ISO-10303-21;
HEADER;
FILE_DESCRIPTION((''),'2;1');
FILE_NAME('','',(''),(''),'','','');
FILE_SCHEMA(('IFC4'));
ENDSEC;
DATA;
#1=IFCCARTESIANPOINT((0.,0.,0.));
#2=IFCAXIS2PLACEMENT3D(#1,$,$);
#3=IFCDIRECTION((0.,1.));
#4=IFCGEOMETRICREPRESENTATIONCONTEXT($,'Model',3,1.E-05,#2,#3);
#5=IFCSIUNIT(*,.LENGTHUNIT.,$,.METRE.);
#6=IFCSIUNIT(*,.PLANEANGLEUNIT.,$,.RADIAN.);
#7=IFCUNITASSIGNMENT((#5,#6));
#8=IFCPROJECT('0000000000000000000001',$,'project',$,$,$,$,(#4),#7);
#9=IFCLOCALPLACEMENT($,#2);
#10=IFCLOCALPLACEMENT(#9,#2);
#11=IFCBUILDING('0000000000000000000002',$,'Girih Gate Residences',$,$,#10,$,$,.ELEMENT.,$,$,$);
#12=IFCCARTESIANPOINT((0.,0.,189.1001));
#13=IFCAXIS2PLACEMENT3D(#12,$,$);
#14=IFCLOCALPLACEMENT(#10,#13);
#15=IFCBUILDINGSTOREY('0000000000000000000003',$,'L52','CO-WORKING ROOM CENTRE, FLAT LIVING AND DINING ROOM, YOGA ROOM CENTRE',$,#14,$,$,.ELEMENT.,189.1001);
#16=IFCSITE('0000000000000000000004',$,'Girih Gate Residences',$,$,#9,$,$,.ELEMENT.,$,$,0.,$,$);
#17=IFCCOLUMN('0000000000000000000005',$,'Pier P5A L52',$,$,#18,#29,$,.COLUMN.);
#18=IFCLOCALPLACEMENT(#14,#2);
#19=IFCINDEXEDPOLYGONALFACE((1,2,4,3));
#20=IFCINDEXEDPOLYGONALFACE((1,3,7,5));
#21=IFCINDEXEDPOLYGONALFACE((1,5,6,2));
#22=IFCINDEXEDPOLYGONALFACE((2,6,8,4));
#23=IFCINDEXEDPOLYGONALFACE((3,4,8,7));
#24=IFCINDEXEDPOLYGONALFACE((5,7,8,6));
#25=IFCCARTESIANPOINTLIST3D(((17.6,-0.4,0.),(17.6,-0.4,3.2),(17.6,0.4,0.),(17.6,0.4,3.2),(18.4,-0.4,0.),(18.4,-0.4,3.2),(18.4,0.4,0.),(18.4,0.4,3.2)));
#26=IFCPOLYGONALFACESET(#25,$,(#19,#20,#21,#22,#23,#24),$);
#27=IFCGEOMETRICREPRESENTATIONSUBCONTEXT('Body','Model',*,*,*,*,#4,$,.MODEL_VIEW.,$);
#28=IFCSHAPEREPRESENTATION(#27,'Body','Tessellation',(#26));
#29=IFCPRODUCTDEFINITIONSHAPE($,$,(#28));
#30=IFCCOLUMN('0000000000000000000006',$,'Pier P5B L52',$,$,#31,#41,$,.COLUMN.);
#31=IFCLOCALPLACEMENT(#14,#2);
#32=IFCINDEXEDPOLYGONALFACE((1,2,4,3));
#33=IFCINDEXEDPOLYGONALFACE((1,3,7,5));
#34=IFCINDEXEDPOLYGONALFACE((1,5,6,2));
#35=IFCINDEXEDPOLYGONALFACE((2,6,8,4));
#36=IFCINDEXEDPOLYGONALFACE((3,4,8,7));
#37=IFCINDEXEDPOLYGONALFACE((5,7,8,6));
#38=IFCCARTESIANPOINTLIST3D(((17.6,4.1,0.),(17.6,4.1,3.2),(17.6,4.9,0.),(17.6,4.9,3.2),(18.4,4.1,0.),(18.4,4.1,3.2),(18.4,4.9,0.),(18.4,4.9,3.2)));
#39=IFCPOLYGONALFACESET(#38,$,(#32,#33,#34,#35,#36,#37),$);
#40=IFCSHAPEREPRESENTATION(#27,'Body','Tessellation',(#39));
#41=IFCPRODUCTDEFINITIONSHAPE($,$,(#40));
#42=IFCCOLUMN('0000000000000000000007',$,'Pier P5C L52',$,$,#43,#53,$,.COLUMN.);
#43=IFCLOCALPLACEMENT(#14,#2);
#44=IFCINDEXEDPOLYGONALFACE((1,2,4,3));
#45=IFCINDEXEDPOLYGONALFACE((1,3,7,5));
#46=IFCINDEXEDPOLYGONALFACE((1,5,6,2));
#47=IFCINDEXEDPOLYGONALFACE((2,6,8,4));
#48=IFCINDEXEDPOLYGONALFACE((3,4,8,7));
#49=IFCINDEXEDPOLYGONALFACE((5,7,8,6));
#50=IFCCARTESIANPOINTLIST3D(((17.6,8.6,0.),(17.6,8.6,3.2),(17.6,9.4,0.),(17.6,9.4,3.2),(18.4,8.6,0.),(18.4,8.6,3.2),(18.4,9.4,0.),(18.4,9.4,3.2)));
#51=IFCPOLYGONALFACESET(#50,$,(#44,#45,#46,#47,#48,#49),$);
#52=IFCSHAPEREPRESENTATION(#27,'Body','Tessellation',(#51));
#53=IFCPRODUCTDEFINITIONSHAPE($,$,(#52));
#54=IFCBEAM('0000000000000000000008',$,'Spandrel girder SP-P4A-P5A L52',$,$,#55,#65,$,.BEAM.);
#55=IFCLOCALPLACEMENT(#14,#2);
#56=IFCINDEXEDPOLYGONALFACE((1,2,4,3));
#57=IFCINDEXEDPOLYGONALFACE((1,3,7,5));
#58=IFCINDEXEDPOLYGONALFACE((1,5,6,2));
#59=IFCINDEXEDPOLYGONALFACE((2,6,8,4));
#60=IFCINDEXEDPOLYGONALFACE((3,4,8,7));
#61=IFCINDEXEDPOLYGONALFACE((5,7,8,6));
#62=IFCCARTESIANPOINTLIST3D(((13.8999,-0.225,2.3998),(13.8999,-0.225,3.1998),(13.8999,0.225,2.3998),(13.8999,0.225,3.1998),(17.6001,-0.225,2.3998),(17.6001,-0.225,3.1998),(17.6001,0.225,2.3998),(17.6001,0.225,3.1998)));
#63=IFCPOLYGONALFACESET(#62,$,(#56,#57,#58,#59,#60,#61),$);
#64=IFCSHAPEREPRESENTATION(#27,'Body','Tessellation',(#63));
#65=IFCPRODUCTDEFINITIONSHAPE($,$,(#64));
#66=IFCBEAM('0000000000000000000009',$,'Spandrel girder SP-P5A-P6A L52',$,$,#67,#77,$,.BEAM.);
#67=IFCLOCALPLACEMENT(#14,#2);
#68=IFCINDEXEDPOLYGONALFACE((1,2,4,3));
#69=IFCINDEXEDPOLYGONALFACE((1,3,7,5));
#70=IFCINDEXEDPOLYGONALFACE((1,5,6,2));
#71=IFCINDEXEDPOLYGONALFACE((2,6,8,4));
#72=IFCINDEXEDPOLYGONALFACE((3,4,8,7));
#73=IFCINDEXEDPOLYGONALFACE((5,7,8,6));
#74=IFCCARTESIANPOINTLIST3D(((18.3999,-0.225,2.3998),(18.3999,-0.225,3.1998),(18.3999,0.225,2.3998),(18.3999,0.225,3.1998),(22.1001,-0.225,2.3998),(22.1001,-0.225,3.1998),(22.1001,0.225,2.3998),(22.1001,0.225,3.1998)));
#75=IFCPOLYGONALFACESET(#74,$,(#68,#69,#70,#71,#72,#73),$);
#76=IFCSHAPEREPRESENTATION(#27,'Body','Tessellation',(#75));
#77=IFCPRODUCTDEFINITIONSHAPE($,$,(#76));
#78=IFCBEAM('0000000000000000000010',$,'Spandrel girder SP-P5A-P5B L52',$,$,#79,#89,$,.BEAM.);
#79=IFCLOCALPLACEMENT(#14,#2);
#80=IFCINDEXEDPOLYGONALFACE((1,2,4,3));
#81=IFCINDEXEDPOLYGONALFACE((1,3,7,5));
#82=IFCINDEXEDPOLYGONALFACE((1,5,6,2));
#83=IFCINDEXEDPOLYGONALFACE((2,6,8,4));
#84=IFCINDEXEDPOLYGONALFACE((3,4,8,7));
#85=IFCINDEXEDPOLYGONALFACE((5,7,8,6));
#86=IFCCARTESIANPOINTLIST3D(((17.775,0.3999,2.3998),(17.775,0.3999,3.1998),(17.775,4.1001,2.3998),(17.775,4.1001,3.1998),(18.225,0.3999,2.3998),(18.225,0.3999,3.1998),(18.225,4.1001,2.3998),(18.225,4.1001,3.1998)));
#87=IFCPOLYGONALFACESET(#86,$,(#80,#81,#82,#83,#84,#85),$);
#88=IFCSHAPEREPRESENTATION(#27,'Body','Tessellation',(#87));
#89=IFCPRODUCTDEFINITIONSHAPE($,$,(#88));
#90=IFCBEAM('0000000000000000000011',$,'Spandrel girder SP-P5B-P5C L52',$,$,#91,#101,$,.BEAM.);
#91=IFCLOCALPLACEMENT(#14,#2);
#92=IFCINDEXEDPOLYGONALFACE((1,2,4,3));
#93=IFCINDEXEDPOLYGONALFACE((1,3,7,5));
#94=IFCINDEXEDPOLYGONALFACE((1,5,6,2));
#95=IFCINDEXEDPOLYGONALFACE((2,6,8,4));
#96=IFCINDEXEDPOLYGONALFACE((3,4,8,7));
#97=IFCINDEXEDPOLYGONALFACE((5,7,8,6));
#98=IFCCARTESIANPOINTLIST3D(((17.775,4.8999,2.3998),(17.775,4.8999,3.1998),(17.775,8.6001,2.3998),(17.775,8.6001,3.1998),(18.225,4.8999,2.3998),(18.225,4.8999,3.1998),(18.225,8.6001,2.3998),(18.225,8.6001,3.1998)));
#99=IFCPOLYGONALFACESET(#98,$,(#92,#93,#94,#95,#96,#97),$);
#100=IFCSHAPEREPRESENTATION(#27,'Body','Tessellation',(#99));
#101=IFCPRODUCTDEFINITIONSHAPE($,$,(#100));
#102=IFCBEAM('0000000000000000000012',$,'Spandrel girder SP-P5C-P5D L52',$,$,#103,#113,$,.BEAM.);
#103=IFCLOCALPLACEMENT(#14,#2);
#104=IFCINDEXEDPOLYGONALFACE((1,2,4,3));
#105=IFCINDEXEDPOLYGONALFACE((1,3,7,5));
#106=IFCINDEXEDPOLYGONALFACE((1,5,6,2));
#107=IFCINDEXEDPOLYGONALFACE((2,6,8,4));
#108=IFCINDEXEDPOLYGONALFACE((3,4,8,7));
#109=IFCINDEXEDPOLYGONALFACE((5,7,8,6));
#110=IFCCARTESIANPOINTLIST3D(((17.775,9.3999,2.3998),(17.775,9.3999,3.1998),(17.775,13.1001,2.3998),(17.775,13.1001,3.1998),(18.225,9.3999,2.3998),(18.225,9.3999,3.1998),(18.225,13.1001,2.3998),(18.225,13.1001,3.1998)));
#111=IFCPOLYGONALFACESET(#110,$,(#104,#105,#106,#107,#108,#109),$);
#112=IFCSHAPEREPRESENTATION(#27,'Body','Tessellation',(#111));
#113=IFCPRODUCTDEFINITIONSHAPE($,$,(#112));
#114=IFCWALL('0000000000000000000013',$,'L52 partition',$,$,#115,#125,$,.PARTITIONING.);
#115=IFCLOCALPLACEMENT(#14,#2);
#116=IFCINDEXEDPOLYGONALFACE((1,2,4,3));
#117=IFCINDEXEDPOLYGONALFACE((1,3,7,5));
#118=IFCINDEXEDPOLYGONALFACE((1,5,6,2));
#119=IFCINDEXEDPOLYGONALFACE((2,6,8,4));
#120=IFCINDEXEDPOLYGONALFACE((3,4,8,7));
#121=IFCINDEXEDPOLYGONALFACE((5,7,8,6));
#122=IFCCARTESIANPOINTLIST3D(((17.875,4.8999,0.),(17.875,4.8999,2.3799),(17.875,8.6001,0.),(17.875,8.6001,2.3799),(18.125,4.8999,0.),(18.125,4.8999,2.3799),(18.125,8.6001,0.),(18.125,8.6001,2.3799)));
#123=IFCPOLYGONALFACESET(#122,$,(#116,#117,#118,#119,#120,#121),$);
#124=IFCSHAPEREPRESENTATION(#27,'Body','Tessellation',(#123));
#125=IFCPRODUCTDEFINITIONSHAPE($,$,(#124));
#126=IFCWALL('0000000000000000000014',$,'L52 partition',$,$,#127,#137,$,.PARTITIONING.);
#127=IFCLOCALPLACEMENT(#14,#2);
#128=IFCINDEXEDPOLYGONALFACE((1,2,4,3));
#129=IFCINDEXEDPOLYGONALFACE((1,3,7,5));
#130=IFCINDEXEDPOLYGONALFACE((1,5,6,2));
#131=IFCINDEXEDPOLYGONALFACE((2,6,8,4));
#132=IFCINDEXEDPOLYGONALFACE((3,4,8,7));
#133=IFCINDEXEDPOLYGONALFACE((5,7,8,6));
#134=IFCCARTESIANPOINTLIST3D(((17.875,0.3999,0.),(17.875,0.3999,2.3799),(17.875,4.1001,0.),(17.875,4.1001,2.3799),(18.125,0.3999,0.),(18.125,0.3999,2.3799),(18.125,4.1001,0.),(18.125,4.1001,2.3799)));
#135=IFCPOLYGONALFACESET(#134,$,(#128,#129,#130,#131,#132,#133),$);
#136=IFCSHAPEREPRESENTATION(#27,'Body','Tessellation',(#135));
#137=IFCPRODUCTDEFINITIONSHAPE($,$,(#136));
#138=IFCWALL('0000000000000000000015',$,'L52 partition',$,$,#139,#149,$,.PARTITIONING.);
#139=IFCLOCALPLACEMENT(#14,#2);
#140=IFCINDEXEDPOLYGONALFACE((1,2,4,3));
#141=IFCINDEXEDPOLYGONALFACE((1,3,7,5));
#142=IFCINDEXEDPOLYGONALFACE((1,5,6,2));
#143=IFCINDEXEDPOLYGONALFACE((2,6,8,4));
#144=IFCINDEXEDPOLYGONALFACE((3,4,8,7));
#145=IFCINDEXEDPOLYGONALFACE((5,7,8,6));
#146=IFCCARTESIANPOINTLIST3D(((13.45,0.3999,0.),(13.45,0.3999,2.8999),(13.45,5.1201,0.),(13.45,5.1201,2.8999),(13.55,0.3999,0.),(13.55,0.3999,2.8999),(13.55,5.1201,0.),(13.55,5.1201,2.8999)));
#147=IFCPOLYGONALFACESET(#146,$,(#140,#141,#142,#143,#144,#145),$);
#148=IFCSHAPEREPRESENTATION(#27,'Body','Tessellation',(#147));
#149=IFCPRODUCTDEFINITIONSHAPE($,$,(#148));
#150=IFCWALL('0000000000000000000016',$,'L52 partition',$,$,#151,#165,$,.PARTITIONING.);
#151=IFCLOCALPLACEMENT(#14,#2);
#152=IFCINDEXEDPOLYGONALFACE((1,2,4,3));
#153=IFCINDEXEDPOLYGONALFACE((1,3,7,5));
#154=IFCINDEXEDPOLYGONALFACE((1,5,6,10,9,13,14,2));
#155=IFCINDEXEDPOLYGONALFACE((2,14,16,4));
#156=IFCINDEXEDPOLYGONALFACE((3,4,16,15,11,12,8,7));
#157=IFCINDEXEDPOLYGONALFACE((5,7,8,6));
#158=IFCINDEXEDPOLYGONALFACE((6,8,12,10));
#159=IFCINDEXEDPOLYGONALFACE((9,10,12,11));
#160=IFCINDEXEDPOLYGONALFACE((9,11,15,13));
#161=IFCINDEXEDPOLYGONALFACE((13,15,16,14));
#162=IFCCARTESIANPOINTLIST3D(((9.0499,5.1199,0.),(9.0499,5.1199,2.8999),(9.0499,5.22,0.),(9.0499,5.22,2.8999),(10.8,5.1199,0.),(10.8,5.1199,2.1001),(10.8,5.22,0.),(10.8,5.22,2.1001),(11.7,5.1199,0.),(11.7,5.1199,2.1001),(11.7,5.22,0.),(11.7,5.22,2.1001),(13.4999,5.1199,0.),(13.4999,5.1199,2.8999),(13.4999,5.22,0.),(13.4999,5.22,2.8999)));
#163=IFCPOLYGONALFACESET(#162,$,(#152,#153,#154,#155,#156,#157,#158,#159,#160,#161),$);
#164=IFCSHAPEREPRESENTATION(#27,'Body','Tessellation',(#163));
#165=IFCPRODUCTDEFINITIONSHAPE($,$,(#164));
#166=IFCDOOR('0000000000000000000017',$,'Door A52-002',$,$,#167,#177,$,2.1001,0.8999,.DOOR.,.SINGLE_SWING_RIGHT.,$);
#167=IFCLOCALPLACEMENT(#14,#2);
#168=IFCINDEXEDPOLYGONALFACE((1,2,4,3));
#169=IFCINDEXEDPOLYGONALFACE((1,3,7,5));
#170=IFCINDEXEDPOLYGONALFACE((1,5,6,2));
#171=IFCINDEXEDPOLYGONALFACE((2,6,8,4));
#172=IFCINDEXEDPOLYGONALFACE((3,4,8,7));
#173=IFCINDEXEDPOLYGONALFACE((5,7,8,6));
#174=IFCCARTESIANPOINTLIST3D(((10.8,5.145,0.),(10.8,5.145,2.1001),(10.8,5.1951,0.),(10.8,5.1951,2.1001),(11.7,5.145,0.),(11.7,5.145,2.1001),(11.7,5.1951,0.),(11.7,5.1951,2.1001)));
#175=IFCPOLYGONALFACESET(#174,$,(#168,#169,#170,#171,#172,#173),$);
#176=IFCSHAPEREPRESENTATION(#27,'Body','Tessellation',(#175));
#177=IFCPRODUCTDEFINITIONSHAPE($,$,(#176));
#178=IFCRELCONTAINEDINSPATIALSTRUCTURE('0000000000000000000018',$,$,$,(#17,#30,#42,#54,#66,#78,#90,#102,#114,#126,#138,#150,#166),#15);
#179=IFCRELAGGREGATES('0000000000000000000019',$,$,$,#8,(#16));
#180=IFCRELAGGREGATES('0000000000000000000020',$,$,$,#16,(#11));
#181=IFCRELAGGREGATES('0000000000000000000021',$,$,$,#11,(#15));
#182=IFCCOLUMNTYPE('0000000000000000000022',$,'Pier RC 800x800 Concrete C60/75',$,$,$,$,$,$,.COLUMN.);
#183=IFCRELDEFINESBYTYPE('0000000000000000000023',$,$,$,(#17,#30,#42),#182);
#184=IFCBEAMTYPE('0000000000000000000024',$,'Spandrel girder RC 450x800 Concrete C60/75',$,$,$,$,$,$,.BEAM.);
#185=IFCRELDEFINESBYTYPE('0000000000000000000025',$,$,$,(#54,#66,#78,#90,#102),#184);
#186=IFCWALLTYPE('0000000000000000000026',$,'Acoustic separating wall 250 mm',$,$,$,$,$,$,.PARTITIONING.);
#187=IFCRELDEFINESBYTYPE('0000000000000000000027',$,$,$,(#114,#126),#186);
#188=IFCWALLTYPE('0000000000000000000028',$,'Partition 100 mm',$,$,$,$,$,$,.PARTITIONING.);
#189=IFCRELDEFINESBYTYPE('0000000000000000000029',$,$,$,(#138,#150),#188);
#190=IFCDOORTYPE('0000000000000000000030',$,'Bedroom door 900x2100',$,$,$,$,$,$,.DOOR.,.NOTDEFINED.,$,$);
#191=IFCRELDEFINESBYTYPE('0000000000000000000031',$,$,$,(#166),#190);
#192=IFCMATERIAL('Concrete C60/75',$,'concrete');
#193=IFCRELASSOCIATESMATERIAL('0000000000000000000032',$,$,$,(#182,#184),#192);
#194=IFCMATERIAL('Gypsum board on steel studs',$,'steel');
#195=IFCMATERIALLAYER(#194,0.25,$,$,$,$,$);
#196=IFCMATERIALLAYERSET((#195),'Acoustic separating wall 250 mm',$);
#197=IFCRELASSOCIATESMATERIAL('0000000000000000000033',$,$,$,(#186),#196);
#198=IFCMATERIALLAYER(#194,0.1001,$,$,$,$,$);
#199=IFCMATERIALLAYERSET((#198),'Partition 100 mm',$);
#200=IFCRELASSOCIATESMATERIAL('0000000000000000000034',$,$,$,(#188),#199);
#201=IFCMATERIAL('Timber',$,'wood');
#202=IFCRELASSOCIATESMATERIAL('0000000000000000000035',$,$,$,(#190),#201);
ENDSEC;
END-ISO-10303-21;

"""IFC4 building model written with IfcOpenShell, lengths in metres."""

from ifc_helpers import new_model, si_unit, direction, frame, frame_2d, origin, origin_2d, place, context, subcontext, project, spatial, rectangle, extrude, material, layer, layer_set, material_profile, profile_set, type_object, element, fill, save


model = new_model("IFC4")

# Units and contexts
model_context = context("Model", 3, precision=1e-05, world=origin(), true_north=direction((0.0, 1.0)))
body_context = subcontext(model_context, "Body", "Model", "MODEL_VIEW")
ifc_project = project(units=[si_unit("LENGTHUNIT", "METRE"), si_unit("PLANEANGLEUNIT", "RADIAN")], contexts=[model_context])

# Site, building, storey
site_placement = place(None, origin())
site = spatial("IfcSite", under=ifc_project, at=site_placement, Name="Girih Gate Residences", CompositionType="ELEMENT", RefElevation=0.0)
building_placement = place(site_placement, origin())
building = spatial("IfcBuilding", under=site, at=building_placement, Name="Girih Gate Residences", CompositionType="ELEMENT")
storey_placement = place(building_placement, frame((0.0, 0.0, 189.1001)))
storey = spatial("IfcBuildingStorey", under=building, at=storey_placement, Name="L52", Description="CO-WORKING ROOM CENTRE, FLAT LIVING AND DINING ROOM, YOGA ROOM CENTRE", CompositionType="ELEMENT", Elevation=189.1001)

# Columns
ifc_material_1 = material(Name="Concrete C60/75", Category="concrete")
ifc_material_profile_1 = material_profile(ifc_material_1, rectangle(XDim=0.8, YDim=0.8, at=origin_2d()))
ifc_profile_set_1 = profile_set([ifc_material_profile_1], Name="Concrete C60/75")
column_type = type_object("IfcColumnType", Name="Pier RC 800x800 Concrete C60/75", PredefinedType="COLUMN", material=ifc_profile_set_1)
for number, where, z_axis, x_axis, name in (
    (1, (18.0, 0.0, 0.0), (0.0, 0.0, 1.0), (1.0, 0.0, 0.0), "Pier P5A L52"),
    (2, (18.0, 4.5, 0.0), (0.0, 0.0, 1.0), (1.0, 0.0, 0.0), "Pier P5B L52"),
    (3, (18.0, 9.0, 0.0), (0.0, 0.0, 1.0), (1.0, 0.0, 0.0), "Pier P5C L52"),
):
    element("IfcColumn", number, at=place(storey_placement, frame(where, z_axis=z_axis, x_axis=x_axis)), inside=storey, type_object=column_type, Name=name, PredefinedType="COLUMN", context=body_context, shape_type="SweptSolid", body=[
        extrude(rectangle(XDim=0.8, YDim=0.8, at=origin_2d()), origin(), (0.0, 0.0, 1.0), 3.2),
    ])

# Beams
ifc_material_profile_2 = material_profile(ifc_material_1, rectangle(XDim=0.45, YDim=0.8, at=origin_2d()))
ifc_profile_set_2 = profile_set([ifc_material_profile_2], Name="Concrete C60/75")
beam_type = type_object("IfcBeamType", Name="Spandrel girder RC 450x800 Concrete C60/75", PredefinedType="BEAM", material=ifc_profile_set_2)
for number, where, z_axis, x_axis, name in (
    (4, (13.8999, 0.0, 2.7998), (1.0, 0.0, 0.0), (0.0, 1.0, 0.0), "Spandrel girder SP-P4A-P5A L52"),
    (5, (18.3999, 0.0, 2.7998), (1.0, 0.0, 0.0), (0.0, 1.0, 0.0), "Spandrel girder SP-P5A-P6A L52"),
    (6, (18.0, 0.3999, 2.7998), (0.0, 1.0, 0.0), (-1.0, 0.0, 0.0), "Spandrel girder SP-P5A-P5B L52"),
    (7, (18.0, 4.8999, 2.7998), (0.0, 1.0, 0.0), (-1.0, 0.0, 0.0), "Spandrel girder SP-P5B-P5C L52"),
    (8, (18.0, 9.3999, 2.7998), (0.0, 1.0, 0.0), (-1.0, 0.0, 0.0), "Spandrel girder SP-P5C-P5D L52"),
):
    element("IfcBeam", number, at=place(storey_placement, frame(where, z_axis=z_axis, x_axis=x_axis)), inside=storey, type_object=beam_type, Name=name, PredefinedType="BEAM", context=body_context, shape_type="SweptSolid", body=[
        extrude(rectangle(XDim=0.45, YDim=0.8, at=origin_2d()), origin(), (0.0, 0.0, 1.0), 3.7002),
    ])

# Walls
ifc_material_2 = material(Name="Gypsum board on steel studs", Category="steel")
ifc_layer_1 = layer(ifc_material_2, 0.25)
ifc_layer_set_1 = layer_set([ifc_layer_1], Name="Acoustic separating wall 250 mm")
wall_type_1 = type_object("IfcWallType", Name="Acoustic separating wall 250 mm", PredefinedType="PARTITIONING", material=ifc_layer_set_1)
for number, where, z_axis, x_axis, name in (
    (9, (18.0, 4.8999, 0.0), (0.0, 0.0, 1.0), (0.0, 1.0, 0.0), "L52 partition"),
    (10, (18.0, 0.3999, 0.0), (0.0, 0.0, 1.0), (0.0, 1.0, 0.0), "L52 partition"),
):
    element("IfcWall", number, at=place(storey_placement, frame(where, z_axis=z_axis, x_axis=x_axis)), inside=storey, type_object=wall_type_1, Name=name, PredefinedType="PARTITIONING", context=body_context, shape_type="SweptSolid", body=[
        extrude(rectangle(XDim=3.7002, YDim=0.25, at=frame_2d((1.8501, 0.0))), origin(), (0.0, 0.0, 1.0), 2.3799),
    ])
ifc_layer_2 = layer(ifc_material_2, 0.1001)
ifc_layer_set_2 = layer_set([ifc_layer_2], Name="Partition 100 mm")
wall_type_2 = type_object("IfcWallType", Name="Partition 100 mm", PredefinedType="PARTITIONING", material=ifc_layer_set_2)
wall_1_placement = place(storey_placement, frame((13.5, 0.3999, 0.0), z_axis=(0.0, 0.0, 1.0), x_axis=(0.0, 1.0, 0.0)))
element("IfcWall", 11, at=wall_1_placement, inside=storey, type_object=wall_type_2, Name="L52 partition", PredefinedType="PARTITIONING", context=body_context, shape_type="SweptSolid", body=[
    extrude(rectangle(XDim=4.7202, YDim=0.1001, at=frame_2d((2.3601, 0.0))), origin(), (0.0, 0.0, 1.0), 2.8999),
])

# Wall, opening, door
wall_2_placement = place(storey_placement, frame((13.5, 5.1699, 0.0), z_axis=(0.0, 0.0, 1.0), x_axis=(-1.0, 0.0, 0.0)))
wall_2 = element("IfcWall", 12, at=wall_2_placement, inside=storey, type_object=wall_type_2, Name="L52 partition", PredefinedType="PARTITIONING", context=body_context, shape_type="SweptSolid", body=[
    extrude(rectangle(XDim=4.45, YDim=0.1001, at=frame_2d((2.2251, 0.0))), origin(), (0.0, 0.0, 1.0), 2.8999),
])
opening_1_placement = place(wall_2_placement, frame((1.8, 0.0, 0.0)))
opening_1 = element("IfcOpeningElement", 13, at=opening_1_placement, cuts=wall_2, PredefinedType="OPENING", context=body_context, shape_type="SweptSolid", body=[
    extrude(rectangle(XDim=0.8999, YDim=2.1001, at=frame_2d((0.45, 1.05))), frame((0.0, 0.0601, 0.0), z_axis=(0.0, -1.0, 0.0), x_axis=(1.0, 0.0, 0.0)), (0.0, 0.0, 1.0), 0.1201),
])
ifc_material_3 = material(Name="Timber", Category="wood")
door_type_1 = type_object("IfcDoorType", Name="Bedroom door 900x2100", OperationType="NOTDEFINED", PredefinedType="DOOR", material=ifc_material_3)
door_1_placement = place(opening_1_placement, origin())
door_1 = element("IfcDoor", 14, at=door_1_placement, inside=storey, type_object=door_type_1, Name="Door A52-002", OperationType="SINGLE_SWING_RIGHT", OverallHeight=2.1001, OverallWidth=0.8999, PredefinedType="DOOR", context=body_context, shape_type="SweptSolid", body=[
    extrude(rectangle(XDim=0.8999, YDim=2.1001, at=frame_2d((0.45, 1.05))), frame((0.0, 0.0249, 0.0), z_axis=(0.0, -1.0, 0.0), x_axis=(1.0, 0.0, 0.0)), (0.0, 0.0, 1.0), 0.05),
])
fill(opening_1, door_1)

save(model, "model.ifc")
